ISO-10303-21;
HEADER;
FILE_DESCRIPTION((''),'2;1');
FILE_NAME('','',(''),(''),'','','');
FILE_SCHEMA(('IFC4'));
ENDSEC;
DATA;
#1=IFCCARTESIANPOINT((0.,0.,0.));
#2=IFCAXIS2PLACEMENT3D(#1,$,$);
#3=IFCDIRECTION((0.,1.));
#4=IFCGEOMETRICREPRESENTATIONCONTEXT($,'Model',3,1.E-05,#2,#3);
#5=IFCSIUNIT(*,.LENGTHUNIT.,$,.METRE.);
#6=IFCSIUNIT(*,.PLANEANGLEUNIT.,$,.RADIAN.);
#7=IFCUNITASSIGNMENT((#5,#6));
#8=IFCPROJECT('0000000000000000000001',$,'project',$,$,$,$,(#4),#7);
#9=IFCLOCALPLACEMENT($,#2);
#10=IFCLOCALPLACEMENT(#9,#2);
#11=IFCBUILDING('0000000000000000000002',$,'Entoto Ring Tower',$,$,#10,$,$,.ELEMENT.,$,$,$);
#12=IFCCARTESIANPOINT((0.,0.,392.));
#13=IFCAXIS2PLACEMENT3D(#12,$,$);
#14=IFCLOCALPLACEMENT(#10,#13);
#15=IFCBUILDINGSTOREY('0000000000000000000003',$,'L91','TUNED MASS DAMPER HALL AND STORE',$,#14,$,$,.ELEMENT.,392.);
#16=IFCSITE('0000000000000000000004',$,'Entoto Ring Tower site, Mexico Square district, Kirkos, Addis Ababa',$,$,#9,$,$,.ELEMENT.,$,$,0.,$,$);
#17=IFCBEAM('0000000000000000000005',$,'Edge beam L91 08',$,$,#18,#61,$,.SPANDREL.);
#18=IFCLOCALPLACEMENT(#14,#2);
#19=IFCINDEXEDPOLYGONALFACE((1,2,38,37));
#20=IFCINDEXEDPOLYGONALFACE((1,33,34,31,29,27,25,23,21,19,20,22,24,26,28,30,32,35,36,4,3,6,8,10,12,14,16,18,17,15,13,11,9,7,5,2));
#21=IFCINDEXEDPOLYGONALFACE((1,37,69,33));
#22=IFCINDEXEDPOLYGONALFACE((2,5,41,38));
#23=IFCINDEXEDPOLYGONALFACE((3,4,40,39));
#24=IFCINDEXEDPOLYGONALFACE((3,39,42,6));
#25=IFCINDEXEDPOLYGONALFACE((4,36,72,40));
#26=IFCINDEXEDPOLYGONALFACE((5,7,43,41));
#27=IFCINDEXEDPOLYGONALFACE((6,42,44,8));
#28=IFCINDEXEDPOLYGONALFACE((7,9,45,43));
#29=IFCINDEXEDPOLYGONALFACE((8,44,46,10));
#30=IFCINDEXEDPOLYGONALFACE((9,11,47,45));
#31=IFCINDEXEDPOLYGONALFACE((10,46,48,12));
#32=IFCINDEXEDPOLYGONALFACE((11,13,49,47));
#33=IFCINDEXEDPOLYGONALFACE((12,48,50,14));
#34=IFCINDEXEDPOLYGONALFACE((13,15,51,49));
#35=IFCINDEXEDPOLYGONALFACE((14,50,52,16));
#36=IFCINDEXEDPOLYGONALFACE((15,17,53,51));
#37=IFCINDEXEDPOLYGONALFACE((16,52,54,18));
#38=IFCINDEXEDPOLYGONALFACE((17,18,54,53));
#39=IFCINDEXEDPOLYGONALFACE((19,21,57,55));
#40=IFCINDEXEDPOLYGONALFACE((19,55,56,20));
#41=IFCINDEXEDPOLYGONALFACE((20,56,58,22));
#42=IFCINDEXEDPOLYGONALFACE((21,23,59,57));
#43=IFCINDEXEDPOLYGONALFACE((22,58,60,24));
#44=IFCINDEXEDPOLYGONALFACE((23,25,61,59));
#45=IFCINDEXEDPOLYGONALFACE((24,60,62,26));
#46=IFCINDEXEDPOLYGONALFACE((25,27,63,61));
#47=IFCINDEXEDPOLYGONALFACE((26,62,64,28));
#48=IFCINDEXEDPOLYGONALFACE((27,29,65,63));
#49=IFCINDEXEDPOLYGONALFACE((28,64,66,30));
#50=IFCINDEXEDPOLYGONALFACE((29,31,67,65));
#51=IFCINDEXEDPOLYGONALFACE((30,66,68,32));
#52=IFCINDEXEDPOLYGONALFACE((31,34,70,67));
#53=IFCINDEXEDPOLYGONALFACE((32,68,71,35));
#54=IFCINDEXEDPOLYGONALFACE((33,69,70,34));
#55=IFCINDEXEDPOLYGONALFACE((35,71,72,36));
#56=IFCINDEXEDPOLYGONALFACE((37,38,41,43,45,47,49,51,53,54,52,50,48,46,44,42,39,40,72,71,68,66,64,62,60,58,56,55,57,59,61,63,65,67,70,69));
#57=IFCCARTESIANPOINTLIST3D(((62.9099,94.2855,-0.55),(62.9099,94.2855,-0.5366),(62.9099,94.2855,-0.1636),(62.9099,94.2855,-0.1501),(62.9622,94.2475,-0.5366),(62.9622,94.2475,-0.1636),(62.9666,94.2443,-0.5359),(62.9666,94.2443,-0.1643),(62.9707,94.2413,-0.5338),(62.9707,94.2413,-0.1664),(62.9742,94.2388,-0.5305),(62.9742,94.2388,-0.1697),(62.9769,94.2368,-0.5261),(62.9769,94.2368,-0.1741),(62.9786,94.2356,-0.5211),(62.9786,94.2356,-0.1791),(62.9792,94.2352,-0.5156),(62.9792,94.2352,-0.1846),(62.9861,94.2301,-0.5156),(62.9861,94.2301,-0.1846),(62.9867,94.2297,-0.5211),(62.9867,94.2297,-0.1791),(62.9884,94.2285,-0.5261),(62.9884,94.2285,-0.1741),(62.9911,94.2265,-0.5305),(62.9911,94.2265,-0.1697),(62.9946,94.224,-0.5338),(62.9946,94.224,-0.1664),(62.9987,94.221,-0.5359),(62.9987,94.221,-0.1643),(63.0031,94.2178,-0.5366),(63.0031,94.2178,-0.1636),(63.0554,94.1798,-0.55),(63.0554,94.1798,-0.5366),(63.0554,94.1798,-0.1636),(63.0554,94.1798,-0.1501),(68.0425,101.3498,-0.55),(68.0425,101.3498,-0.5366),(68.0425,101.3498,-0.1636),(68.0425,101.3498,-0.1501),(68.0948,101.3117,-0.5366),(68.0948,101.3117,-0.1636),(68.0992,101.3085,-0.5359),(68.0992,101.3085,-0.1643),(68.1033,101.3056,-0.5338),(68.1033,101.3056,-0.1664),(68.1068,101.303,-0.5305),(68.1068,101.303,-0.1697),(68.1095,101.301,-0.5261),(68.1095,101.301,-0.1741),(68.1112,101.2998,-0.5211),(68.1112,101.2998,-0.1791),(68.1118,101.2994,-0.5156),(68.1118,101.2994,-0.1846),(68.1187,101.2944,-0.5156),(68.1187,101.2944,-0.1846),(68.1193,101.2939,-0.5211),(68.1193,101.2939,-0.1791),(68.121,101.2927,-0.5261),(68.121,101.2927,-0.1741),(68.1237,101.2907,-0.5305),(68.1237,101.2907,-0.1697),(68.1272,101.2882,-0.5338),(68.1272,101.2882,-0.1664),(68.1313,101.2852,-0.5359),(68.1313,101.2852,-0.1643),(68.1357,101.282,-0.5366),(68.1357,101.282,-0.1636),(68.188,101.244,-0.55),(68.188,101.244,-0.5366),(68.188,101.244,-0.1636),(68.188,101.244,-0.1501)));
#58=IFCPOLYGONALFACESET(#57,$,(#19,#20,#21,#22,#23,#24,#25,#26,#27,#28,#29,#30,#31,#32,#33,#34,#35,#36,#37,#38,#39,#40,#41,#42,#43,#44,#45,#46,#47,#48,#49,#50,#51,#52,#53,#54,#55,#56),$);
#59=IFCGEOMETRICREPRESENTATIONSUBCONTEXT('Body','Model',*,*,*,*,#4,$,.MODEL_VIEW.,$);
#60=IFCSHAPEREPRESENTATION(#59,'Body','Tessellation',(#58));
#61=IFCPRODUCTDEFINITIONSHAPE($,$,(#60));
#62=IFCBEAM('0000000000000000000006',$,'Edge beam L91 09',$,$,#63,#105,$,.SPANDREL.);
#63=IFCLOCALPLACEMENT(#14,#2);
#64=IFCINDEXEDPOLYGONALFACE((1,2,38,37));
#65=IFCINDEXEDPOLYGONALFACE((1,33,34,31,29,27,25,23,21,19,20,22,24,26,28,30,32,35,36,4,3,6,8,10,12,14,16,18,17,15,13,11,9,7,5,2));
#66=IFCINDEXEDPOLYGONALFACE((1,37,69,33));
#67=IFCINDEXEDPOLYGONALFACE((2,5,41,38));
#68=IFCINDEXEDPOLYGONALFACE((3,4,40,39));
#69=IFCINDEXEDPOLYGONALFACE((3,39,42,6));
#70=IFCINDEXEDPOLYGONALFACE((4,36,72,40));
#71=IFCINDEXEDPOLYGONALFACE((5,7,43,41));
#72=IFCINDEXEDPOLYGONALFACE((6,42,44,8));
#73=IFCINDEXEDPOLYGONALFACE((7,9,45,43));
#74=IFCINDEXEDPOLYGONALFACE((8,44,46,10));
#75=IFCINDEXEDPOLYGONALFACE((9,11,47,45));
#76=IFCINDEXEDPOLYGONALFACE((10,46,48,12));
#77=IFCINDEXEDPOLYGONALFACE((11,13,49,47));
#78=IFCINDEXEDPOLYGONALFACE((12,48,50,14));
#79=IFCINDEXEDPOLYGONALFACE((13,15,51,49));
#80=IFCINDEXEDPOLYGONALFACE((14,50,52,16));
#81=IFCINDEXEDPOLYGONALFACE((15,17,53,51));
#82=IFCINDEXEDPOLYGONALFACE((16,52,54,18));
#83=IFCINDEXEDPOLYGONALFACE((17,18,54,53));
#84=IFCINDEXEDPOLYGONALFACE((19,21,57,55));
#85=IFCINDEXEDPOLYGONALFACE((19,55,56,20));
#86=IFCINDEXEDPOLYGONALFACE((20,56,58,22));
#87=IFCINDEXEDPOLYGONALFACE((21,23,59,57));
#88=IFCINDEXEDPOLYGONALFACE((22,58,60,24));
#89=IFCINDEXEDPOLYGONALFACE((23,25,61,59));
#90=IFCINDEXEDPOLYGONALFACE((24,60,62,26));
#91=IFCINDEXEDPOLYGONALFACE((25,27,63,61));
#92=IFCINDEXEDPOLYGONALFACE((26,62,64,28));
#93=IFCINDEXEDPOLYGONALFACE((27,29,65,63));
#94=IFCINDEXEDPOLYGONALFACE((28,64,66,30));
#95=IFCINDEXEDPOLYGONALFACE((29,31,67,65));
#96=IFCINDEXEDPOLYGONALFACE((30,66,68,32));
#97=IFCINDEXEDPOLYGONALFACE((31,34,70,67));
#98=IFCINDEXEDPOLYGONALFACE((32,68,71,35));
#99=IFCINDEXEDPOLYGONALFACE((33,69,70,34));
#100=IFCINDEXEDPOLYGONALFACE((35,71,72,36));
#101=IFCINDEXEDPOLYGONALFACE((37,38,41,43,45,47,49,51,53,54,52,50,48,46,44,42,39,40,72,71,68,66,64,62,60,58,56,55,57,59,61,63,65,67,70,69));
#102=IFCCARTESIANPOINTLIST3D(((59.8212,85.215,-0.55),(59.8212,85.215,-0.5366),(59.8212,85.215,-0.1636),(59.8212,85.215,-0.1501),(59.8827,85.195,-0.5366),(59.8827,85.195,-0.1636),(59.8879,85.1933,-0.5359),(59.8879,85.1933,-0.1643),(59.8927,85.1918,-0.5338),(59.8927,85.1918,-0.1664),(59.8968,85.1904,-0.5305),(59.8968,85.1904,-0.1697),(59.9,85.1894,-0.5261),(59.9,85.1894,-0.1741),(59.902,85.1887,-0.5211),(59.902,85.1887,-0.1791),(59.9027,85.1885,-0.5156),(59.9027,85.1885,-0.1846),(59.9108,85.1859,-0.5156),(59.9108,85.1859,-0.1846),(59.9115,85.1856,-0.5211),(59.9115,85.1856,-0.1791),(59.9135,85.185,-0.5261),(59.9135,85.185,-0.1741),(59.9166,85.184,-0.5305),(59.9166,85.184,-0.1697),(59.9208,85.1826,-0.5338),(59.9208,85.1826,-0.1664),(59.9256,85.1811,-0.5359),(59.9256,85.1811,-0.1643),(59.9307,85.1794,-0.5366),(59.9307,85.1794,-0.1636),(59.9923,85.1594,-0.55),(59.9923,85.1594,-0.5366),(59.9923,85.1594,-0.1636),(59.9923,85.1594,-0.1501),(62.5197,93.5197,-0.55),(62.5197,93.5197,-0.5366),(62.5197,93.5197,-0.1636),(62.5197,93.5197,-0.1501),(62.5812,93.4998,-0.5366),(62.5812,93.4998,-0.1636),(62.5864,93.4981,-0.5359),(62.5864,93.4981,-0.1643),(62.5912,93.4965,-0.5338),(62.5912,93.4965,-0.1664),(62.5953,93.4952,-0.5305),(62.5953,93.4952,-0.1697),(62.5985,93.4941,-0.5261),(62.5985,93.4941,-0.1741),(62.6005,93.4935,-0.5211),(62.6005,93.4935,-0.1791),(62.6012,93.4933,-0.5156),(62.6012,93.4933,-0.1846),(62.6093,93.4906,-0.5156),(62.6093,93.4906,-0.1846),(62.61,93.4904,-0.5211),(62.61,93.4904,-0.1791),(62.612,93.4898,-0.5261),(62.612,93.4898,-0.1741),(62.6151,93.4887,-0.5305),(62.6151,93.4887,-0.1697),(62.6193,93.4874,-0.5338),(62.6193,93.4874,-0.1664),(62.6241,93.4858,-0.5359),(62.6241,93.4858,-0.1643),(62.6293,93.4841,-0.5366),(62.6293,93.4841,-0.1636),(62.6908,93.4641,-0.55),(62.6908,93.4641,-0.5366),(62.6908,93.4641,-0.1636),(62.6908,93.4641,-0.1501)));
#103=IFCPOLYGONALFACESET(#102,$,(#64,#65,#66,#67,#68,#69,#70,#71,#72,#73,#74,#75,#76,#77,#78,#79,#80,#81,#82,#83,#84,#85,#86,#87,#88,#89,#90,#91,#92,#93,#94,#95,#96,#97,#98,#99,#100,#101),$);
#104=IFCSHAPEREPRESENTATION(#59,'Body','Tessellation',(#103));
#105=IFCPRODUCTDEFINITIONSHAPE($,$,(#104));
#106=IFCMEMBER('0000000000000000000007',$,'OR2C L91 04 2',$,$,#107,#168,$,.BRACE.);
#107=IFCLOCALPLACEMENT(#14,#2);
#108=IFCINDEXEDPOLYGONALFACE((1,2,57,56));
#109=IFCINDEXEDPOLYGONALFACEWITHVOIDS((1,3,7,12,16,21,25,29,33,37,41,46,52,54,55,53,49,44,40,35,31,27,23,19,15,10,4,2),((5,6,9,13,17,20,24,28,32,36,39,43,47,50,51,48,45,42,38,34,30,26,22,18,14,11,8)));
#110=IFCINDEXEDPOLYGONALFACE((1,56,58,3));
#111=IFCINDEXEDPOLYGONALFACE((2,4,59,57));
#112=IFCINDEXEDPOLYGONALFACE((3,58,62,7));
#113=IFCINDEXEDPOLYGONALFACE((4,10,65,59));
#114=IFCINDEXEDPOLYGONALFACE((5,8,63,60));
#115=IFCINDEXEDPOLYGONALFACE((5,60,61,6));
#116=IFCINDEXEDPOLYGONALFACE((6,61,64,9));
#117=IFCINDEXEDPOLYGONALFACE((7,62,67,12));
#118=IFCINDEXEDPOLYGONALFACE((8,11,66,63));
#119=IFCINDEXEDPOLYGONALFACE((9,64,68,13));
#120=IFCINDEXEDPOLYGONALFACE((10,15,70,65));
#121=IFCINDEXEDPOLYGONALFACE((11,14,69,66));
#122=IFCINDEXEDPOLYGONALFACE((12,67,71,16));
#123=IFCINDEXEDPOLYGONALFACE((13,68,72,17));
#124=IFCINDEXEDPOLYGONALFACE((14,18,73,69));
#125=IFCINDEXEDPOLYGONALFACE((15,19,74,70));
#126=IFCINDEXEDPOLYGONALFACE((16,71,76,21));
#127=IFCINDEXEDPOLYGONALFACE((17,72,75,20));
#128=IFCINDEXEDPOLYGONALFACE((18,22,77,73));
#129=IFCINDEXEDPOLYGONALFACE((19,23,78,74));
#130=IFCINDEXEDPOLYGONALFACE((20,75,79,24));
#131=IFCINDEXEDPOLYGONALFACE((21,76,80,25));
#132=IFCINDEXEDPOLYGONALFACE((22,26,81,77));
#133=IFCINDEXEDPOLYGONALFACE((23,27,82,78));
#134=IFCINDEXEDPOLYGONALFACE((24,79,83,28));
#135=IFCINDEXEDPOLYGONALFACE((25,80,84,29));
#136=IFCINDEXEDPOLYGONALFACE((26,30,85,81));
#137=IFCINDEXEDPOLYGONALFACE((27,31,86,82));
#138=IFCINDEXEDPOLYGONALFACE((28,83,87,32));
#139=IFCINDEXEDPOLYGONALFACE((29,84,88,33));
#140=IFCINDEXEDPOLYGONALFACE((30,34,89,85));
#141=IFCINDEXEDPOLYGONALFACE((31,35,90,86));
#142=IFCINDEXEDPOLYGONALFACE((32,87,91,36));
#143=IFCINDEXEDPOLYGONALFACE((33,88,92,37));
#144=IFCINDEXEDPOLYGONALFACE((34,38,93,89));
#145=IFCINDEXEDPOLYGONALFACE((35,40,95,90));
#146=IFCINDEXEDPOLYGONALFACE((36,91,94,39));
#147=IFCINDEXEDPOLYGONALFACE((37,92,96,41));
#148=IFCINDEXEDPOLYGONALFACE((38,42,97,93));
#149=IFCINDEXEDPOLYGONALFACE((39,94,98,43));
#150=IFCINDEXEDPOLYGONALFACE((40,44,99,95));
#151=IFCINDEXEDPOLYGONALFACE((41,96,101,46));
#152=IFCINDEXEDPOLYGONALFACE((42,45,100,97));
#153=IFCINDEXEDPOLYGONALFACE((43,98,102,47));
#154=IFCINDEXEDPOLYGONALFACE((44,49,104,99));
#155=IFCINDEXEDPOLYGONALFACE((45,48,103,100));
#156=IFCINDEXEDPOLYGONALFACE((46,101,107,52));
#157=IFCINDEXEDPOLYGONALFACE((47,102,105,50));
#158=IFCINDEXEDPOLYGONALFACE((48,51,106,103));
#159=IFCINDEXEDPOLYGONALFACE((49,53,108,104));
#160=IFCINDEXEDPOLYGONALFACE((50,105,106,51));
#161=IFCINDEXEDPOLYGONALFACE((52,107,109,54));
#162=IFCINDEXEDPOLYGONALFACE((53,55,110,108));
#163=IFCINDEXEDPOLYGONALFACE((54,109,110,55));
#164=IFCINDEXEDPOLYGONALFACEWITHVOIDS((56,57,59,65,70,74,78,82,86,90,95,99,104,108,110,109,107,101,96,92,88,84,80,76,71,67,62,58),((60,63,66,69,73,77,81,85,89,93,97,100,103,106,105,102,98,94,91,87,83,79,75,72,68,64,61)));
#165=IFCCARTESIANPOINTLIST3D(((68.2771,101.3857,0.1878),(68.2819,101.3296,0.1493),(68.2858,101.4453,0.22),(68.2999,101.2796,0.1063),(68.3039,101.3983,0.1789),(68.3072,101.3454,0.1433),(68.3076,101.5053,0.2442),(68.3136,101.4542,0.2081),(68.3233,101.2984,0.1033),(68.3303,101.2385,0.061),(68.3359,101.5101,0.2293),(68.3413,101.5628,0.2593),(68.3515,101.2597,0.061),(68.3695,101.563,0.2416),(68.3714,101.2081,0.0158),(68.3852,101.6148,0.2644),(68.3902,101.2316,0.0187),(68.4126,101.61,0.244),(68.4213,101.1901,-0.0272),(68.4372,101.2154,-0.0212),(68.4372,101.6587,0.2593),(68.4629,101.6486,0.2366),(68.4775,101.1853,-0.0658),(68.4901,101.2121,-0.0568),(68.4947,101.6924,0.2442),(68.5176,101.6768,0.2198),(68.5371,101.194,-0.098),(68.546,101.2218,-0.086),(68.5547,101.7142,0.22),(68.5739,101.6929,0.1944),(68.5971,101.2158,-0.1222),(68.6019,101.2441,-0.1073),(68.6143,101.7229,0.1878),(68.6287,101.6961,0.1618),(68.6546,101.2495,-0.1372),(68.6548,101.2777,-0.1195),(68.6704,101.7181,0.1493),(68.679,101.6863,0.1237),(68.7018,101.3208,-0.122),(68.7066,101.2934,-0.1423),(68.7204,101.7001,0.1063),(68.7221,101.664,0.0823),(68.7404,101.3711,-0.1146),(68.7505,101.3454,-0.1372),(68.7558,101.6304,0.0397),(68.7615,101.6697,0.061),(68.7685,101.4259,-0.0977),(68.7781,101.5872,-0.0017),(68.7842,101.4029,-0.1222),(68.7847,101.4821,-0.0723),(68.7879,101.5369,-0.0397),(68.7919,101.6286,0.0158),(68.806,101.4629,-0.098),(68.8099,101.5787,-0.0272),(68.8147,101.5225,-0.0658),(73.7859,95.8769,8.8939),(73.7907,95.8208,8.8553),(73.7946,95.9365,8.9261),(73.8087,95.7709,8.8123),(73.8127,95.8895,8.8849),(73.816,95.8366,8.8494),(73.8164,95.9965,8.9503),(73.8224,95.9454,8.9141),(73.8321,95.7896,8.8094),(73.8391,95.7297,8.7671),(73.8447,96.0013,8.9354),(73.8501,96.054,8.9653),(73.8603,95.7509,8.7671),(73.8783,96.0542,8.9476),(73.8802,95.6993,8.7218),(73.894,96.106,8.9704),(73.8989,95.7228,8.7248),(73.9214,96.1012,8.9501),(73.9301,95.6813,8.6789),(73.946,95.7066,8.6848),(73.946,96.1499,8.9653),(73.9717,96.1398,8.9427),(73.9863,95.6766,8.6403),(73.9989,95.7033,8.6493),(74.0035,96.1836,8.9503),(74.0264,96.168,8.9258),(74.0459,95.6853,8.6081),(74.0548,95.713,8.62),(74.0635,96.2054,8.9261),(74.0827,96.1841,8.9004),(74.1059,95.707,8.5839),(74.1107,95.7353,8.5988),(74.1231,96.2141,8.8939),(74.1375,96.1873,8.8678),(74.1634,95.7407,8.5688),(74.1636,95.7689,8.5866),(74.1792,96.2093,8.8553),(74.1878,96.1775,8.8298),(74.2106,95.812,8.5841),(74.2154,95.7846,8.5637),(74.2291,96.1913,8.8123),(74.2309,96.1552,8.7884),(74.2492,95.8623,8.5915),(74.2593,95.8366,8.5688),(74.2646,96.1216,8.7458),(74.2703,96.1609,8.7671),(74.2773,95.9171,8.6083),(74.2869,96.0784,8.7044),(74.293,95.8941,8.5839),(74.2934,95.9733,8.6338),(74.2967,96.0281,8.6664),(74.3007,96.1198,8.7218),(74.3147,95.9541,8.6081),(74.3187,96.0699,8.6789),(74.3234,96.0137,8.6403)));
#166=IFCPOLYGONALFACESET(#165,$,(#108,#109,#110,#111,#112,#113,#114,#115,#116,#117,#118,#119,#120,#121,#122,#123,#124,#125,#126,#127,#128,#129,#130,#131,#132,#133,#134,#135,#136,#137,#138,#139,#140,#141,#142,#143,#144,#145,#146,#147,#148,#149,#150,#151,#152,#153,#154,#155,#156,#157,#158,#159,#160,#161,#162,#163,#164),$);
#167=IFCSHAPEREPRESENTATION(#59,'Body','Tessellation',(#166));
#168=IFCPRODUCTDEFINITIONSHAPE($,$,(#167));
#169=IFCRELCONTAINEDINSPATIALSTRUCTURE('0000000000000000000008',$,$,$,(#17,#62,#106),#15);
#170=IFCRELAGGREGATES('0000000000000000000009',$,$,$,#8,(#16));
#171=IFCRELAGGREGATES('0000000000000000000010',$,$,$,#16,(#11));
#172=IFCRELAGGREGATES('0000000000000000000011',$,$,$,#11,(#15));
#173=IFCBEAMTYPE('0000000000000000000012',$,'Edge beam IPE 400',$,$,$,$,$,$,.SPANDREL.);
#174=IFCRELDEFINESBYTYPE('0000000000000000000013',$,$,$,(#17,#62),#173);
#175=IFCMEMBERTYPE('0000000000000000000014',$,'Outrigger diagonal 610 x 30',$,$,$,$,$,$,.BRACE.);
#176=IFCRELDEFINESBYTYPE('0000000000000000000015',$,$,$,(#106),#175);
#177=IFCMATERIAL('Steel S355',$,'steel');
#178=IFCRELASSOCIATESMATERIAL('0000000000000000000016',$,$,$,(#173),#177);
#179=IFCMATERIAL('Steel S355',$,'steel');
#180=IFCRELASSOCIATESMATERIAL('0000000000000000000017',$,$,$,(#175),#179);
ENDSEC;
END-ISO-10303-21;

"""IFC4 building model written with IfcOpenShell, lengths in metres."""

from ifc_helpers import new_model, si_unit, direction, frame, origin, origin_2d, place, context, subcontext, project, spatial, circle, hollow_circle, i_section, extrude, material, material_profile, profile_set, type_object, element, save


model = new_model("IFC4")

# Units and contexts
model_context = context("Model", 3, precision=1e-05, world=origin(), true_north=direction((0.0, 1.0)))
body_context = subcontext(model_context, "Body", "Model", "MODEL_VIEW")
ifc_project = project(units=[si_unit("LENGTHUNIT", "METRE"), si_unit("PLANEANGLEUNIT", "RADIAN")], contexts=[model_context])

# Site, building, storey
site_placement = place(None, origin())
site = spatial("IfcSite", under=ifc_project, at=site_placement, Name="Entoto Ring Tower site, Mexico Square district, Kirkos, Addis Ababa", CompositionType="ELEMENT", RefElevation=0.0)
building_placement = place(site_placement, origin())
building = spatial("IfcBuilding", under=site, at=building_placement, Name="Entoto Ring Tower", CompositionType="ELEMENT")
storey_placement = place(building_placement, frame((0.0, 0.0, 392.0)))
storey = spatial("IfcBuildingStorey", under=building, at=storey_placement, Name="L91", Description="TUNED MASS DAMPER HALL AND STORE", CompositionType="ELEMENT", Elevation=392.0)

# Beams
ifc_material_1 = material(Name="Steel S355", Category="steel")
ifc_material_profile_1 = material_profile(ifc_material_1, i_section(OverallWidth=0.1799, OverallDepth=0.3999, WebThickness=0.0085, FlangeThickness=0.0134, FilletRadius=0.021, at=origin_2d()), Name="IPE 400")
ifc_profile_set_1 = profile_set([ifc_material_profile_1], Name="Steel S355")
beam_type = type_object("IfcBeamType", Name="Edge beam IPE 400", PredefinedType="SPANDREL", material=ifc_profile_set_1)
beam_1_placement = place(storey_placement, frame((68.1152, 101.2969, -0.3501), z_axis=(-0.587794, -0.80901, 0.0), x_axis=(0.80901, -0.587794, 0.0)))
element("IfcBeam", 1, at=beam_1_placement, inside=storey, type_object=beam_type, Name="Edge beam L91 08", PredefinedType="SPANDREL", context=body_context, shape_type="SweptSolid", body=[
    extrude(i_section(OverallWidth=0.1799, OverallDepth=0.3999, WebThickness=0.0085, FlangeThickness=0.0134, FilletRadius=0.021, at=origin_2d()), origin(), (0.0, 0.0, 1.0), 8.7319),
])
beam_2_placement = place(storey_placement, frame((62.6052, 93.4919, -0.3501), z_axis=(-0.30903, -0.951052, 0.0), x_axis=(0.951052, -0.30903, 0.0)))
element("IfcBeam", 2, at=beam_2_placement, inside=storey, type_object=beam_type, Name="Edge beam L91 09", PredefinedType="SPANDREL", context=body_context, shape_type="SweptSolid", body=[
    extrude(i_section(OverallWidth=0.1799, OverallDepth=0.3999, WebThickness=0.0085, FlangeThickness=0.0134, FilletRadius=0.021, at=origin_2d()), origin(), (0.0, 0.0, 1.0), 8.7322),
])

# Member
ifc_material_2 = material(Name="Steel S355", Category="steel")
ifc_material_profile_2 = material_profile(ifc_material_2, hollow_circle(Radius=0.3049, WallThickness=0.03, at=origin_2d()), Name="CHS 610 x 30")
ifc_material_3 = material(Name="Concrete C60/75", Category="concrete")
ifc_material_profile_3 = material_profile(ifc_material_3, circle(Radius=0.2749, at=origin_2d()), Name="Concrete C60/75 infill")
ifc_profile_set_2 = profile_set([ifc_material_profile_2, ifc_material_profile_3], Name="Steel S355")
member_type_1 = type_object("IfcMemberType", Name="Outrigger diagonal 610 x 30", PredefinedType="BRACE", material=ifc_profile_set_2)
member_1_placement = place(storey_placement, frame((74.0547, 95.9453, 8.7671), z_axis=(-0.471528, 0.471528, -0.7452), x_axis=(-0.707107, -0.707107, 0.0)))
element("IfcMember", 3, at=member_1_placement, inside=storey, type_object=member_type_1, Name="OR2C L91 04 2", PredefinedType="BRACE", context=body_context, shape_type="SweptSolid", body=[
    extrude(hollow_circle(Radius=0.3049, WallThickness=0.03, at=origin_2d()), origin(), (0.0, 0.0, 1.0), 11.6829),
])

save(model, "model.ifc")
